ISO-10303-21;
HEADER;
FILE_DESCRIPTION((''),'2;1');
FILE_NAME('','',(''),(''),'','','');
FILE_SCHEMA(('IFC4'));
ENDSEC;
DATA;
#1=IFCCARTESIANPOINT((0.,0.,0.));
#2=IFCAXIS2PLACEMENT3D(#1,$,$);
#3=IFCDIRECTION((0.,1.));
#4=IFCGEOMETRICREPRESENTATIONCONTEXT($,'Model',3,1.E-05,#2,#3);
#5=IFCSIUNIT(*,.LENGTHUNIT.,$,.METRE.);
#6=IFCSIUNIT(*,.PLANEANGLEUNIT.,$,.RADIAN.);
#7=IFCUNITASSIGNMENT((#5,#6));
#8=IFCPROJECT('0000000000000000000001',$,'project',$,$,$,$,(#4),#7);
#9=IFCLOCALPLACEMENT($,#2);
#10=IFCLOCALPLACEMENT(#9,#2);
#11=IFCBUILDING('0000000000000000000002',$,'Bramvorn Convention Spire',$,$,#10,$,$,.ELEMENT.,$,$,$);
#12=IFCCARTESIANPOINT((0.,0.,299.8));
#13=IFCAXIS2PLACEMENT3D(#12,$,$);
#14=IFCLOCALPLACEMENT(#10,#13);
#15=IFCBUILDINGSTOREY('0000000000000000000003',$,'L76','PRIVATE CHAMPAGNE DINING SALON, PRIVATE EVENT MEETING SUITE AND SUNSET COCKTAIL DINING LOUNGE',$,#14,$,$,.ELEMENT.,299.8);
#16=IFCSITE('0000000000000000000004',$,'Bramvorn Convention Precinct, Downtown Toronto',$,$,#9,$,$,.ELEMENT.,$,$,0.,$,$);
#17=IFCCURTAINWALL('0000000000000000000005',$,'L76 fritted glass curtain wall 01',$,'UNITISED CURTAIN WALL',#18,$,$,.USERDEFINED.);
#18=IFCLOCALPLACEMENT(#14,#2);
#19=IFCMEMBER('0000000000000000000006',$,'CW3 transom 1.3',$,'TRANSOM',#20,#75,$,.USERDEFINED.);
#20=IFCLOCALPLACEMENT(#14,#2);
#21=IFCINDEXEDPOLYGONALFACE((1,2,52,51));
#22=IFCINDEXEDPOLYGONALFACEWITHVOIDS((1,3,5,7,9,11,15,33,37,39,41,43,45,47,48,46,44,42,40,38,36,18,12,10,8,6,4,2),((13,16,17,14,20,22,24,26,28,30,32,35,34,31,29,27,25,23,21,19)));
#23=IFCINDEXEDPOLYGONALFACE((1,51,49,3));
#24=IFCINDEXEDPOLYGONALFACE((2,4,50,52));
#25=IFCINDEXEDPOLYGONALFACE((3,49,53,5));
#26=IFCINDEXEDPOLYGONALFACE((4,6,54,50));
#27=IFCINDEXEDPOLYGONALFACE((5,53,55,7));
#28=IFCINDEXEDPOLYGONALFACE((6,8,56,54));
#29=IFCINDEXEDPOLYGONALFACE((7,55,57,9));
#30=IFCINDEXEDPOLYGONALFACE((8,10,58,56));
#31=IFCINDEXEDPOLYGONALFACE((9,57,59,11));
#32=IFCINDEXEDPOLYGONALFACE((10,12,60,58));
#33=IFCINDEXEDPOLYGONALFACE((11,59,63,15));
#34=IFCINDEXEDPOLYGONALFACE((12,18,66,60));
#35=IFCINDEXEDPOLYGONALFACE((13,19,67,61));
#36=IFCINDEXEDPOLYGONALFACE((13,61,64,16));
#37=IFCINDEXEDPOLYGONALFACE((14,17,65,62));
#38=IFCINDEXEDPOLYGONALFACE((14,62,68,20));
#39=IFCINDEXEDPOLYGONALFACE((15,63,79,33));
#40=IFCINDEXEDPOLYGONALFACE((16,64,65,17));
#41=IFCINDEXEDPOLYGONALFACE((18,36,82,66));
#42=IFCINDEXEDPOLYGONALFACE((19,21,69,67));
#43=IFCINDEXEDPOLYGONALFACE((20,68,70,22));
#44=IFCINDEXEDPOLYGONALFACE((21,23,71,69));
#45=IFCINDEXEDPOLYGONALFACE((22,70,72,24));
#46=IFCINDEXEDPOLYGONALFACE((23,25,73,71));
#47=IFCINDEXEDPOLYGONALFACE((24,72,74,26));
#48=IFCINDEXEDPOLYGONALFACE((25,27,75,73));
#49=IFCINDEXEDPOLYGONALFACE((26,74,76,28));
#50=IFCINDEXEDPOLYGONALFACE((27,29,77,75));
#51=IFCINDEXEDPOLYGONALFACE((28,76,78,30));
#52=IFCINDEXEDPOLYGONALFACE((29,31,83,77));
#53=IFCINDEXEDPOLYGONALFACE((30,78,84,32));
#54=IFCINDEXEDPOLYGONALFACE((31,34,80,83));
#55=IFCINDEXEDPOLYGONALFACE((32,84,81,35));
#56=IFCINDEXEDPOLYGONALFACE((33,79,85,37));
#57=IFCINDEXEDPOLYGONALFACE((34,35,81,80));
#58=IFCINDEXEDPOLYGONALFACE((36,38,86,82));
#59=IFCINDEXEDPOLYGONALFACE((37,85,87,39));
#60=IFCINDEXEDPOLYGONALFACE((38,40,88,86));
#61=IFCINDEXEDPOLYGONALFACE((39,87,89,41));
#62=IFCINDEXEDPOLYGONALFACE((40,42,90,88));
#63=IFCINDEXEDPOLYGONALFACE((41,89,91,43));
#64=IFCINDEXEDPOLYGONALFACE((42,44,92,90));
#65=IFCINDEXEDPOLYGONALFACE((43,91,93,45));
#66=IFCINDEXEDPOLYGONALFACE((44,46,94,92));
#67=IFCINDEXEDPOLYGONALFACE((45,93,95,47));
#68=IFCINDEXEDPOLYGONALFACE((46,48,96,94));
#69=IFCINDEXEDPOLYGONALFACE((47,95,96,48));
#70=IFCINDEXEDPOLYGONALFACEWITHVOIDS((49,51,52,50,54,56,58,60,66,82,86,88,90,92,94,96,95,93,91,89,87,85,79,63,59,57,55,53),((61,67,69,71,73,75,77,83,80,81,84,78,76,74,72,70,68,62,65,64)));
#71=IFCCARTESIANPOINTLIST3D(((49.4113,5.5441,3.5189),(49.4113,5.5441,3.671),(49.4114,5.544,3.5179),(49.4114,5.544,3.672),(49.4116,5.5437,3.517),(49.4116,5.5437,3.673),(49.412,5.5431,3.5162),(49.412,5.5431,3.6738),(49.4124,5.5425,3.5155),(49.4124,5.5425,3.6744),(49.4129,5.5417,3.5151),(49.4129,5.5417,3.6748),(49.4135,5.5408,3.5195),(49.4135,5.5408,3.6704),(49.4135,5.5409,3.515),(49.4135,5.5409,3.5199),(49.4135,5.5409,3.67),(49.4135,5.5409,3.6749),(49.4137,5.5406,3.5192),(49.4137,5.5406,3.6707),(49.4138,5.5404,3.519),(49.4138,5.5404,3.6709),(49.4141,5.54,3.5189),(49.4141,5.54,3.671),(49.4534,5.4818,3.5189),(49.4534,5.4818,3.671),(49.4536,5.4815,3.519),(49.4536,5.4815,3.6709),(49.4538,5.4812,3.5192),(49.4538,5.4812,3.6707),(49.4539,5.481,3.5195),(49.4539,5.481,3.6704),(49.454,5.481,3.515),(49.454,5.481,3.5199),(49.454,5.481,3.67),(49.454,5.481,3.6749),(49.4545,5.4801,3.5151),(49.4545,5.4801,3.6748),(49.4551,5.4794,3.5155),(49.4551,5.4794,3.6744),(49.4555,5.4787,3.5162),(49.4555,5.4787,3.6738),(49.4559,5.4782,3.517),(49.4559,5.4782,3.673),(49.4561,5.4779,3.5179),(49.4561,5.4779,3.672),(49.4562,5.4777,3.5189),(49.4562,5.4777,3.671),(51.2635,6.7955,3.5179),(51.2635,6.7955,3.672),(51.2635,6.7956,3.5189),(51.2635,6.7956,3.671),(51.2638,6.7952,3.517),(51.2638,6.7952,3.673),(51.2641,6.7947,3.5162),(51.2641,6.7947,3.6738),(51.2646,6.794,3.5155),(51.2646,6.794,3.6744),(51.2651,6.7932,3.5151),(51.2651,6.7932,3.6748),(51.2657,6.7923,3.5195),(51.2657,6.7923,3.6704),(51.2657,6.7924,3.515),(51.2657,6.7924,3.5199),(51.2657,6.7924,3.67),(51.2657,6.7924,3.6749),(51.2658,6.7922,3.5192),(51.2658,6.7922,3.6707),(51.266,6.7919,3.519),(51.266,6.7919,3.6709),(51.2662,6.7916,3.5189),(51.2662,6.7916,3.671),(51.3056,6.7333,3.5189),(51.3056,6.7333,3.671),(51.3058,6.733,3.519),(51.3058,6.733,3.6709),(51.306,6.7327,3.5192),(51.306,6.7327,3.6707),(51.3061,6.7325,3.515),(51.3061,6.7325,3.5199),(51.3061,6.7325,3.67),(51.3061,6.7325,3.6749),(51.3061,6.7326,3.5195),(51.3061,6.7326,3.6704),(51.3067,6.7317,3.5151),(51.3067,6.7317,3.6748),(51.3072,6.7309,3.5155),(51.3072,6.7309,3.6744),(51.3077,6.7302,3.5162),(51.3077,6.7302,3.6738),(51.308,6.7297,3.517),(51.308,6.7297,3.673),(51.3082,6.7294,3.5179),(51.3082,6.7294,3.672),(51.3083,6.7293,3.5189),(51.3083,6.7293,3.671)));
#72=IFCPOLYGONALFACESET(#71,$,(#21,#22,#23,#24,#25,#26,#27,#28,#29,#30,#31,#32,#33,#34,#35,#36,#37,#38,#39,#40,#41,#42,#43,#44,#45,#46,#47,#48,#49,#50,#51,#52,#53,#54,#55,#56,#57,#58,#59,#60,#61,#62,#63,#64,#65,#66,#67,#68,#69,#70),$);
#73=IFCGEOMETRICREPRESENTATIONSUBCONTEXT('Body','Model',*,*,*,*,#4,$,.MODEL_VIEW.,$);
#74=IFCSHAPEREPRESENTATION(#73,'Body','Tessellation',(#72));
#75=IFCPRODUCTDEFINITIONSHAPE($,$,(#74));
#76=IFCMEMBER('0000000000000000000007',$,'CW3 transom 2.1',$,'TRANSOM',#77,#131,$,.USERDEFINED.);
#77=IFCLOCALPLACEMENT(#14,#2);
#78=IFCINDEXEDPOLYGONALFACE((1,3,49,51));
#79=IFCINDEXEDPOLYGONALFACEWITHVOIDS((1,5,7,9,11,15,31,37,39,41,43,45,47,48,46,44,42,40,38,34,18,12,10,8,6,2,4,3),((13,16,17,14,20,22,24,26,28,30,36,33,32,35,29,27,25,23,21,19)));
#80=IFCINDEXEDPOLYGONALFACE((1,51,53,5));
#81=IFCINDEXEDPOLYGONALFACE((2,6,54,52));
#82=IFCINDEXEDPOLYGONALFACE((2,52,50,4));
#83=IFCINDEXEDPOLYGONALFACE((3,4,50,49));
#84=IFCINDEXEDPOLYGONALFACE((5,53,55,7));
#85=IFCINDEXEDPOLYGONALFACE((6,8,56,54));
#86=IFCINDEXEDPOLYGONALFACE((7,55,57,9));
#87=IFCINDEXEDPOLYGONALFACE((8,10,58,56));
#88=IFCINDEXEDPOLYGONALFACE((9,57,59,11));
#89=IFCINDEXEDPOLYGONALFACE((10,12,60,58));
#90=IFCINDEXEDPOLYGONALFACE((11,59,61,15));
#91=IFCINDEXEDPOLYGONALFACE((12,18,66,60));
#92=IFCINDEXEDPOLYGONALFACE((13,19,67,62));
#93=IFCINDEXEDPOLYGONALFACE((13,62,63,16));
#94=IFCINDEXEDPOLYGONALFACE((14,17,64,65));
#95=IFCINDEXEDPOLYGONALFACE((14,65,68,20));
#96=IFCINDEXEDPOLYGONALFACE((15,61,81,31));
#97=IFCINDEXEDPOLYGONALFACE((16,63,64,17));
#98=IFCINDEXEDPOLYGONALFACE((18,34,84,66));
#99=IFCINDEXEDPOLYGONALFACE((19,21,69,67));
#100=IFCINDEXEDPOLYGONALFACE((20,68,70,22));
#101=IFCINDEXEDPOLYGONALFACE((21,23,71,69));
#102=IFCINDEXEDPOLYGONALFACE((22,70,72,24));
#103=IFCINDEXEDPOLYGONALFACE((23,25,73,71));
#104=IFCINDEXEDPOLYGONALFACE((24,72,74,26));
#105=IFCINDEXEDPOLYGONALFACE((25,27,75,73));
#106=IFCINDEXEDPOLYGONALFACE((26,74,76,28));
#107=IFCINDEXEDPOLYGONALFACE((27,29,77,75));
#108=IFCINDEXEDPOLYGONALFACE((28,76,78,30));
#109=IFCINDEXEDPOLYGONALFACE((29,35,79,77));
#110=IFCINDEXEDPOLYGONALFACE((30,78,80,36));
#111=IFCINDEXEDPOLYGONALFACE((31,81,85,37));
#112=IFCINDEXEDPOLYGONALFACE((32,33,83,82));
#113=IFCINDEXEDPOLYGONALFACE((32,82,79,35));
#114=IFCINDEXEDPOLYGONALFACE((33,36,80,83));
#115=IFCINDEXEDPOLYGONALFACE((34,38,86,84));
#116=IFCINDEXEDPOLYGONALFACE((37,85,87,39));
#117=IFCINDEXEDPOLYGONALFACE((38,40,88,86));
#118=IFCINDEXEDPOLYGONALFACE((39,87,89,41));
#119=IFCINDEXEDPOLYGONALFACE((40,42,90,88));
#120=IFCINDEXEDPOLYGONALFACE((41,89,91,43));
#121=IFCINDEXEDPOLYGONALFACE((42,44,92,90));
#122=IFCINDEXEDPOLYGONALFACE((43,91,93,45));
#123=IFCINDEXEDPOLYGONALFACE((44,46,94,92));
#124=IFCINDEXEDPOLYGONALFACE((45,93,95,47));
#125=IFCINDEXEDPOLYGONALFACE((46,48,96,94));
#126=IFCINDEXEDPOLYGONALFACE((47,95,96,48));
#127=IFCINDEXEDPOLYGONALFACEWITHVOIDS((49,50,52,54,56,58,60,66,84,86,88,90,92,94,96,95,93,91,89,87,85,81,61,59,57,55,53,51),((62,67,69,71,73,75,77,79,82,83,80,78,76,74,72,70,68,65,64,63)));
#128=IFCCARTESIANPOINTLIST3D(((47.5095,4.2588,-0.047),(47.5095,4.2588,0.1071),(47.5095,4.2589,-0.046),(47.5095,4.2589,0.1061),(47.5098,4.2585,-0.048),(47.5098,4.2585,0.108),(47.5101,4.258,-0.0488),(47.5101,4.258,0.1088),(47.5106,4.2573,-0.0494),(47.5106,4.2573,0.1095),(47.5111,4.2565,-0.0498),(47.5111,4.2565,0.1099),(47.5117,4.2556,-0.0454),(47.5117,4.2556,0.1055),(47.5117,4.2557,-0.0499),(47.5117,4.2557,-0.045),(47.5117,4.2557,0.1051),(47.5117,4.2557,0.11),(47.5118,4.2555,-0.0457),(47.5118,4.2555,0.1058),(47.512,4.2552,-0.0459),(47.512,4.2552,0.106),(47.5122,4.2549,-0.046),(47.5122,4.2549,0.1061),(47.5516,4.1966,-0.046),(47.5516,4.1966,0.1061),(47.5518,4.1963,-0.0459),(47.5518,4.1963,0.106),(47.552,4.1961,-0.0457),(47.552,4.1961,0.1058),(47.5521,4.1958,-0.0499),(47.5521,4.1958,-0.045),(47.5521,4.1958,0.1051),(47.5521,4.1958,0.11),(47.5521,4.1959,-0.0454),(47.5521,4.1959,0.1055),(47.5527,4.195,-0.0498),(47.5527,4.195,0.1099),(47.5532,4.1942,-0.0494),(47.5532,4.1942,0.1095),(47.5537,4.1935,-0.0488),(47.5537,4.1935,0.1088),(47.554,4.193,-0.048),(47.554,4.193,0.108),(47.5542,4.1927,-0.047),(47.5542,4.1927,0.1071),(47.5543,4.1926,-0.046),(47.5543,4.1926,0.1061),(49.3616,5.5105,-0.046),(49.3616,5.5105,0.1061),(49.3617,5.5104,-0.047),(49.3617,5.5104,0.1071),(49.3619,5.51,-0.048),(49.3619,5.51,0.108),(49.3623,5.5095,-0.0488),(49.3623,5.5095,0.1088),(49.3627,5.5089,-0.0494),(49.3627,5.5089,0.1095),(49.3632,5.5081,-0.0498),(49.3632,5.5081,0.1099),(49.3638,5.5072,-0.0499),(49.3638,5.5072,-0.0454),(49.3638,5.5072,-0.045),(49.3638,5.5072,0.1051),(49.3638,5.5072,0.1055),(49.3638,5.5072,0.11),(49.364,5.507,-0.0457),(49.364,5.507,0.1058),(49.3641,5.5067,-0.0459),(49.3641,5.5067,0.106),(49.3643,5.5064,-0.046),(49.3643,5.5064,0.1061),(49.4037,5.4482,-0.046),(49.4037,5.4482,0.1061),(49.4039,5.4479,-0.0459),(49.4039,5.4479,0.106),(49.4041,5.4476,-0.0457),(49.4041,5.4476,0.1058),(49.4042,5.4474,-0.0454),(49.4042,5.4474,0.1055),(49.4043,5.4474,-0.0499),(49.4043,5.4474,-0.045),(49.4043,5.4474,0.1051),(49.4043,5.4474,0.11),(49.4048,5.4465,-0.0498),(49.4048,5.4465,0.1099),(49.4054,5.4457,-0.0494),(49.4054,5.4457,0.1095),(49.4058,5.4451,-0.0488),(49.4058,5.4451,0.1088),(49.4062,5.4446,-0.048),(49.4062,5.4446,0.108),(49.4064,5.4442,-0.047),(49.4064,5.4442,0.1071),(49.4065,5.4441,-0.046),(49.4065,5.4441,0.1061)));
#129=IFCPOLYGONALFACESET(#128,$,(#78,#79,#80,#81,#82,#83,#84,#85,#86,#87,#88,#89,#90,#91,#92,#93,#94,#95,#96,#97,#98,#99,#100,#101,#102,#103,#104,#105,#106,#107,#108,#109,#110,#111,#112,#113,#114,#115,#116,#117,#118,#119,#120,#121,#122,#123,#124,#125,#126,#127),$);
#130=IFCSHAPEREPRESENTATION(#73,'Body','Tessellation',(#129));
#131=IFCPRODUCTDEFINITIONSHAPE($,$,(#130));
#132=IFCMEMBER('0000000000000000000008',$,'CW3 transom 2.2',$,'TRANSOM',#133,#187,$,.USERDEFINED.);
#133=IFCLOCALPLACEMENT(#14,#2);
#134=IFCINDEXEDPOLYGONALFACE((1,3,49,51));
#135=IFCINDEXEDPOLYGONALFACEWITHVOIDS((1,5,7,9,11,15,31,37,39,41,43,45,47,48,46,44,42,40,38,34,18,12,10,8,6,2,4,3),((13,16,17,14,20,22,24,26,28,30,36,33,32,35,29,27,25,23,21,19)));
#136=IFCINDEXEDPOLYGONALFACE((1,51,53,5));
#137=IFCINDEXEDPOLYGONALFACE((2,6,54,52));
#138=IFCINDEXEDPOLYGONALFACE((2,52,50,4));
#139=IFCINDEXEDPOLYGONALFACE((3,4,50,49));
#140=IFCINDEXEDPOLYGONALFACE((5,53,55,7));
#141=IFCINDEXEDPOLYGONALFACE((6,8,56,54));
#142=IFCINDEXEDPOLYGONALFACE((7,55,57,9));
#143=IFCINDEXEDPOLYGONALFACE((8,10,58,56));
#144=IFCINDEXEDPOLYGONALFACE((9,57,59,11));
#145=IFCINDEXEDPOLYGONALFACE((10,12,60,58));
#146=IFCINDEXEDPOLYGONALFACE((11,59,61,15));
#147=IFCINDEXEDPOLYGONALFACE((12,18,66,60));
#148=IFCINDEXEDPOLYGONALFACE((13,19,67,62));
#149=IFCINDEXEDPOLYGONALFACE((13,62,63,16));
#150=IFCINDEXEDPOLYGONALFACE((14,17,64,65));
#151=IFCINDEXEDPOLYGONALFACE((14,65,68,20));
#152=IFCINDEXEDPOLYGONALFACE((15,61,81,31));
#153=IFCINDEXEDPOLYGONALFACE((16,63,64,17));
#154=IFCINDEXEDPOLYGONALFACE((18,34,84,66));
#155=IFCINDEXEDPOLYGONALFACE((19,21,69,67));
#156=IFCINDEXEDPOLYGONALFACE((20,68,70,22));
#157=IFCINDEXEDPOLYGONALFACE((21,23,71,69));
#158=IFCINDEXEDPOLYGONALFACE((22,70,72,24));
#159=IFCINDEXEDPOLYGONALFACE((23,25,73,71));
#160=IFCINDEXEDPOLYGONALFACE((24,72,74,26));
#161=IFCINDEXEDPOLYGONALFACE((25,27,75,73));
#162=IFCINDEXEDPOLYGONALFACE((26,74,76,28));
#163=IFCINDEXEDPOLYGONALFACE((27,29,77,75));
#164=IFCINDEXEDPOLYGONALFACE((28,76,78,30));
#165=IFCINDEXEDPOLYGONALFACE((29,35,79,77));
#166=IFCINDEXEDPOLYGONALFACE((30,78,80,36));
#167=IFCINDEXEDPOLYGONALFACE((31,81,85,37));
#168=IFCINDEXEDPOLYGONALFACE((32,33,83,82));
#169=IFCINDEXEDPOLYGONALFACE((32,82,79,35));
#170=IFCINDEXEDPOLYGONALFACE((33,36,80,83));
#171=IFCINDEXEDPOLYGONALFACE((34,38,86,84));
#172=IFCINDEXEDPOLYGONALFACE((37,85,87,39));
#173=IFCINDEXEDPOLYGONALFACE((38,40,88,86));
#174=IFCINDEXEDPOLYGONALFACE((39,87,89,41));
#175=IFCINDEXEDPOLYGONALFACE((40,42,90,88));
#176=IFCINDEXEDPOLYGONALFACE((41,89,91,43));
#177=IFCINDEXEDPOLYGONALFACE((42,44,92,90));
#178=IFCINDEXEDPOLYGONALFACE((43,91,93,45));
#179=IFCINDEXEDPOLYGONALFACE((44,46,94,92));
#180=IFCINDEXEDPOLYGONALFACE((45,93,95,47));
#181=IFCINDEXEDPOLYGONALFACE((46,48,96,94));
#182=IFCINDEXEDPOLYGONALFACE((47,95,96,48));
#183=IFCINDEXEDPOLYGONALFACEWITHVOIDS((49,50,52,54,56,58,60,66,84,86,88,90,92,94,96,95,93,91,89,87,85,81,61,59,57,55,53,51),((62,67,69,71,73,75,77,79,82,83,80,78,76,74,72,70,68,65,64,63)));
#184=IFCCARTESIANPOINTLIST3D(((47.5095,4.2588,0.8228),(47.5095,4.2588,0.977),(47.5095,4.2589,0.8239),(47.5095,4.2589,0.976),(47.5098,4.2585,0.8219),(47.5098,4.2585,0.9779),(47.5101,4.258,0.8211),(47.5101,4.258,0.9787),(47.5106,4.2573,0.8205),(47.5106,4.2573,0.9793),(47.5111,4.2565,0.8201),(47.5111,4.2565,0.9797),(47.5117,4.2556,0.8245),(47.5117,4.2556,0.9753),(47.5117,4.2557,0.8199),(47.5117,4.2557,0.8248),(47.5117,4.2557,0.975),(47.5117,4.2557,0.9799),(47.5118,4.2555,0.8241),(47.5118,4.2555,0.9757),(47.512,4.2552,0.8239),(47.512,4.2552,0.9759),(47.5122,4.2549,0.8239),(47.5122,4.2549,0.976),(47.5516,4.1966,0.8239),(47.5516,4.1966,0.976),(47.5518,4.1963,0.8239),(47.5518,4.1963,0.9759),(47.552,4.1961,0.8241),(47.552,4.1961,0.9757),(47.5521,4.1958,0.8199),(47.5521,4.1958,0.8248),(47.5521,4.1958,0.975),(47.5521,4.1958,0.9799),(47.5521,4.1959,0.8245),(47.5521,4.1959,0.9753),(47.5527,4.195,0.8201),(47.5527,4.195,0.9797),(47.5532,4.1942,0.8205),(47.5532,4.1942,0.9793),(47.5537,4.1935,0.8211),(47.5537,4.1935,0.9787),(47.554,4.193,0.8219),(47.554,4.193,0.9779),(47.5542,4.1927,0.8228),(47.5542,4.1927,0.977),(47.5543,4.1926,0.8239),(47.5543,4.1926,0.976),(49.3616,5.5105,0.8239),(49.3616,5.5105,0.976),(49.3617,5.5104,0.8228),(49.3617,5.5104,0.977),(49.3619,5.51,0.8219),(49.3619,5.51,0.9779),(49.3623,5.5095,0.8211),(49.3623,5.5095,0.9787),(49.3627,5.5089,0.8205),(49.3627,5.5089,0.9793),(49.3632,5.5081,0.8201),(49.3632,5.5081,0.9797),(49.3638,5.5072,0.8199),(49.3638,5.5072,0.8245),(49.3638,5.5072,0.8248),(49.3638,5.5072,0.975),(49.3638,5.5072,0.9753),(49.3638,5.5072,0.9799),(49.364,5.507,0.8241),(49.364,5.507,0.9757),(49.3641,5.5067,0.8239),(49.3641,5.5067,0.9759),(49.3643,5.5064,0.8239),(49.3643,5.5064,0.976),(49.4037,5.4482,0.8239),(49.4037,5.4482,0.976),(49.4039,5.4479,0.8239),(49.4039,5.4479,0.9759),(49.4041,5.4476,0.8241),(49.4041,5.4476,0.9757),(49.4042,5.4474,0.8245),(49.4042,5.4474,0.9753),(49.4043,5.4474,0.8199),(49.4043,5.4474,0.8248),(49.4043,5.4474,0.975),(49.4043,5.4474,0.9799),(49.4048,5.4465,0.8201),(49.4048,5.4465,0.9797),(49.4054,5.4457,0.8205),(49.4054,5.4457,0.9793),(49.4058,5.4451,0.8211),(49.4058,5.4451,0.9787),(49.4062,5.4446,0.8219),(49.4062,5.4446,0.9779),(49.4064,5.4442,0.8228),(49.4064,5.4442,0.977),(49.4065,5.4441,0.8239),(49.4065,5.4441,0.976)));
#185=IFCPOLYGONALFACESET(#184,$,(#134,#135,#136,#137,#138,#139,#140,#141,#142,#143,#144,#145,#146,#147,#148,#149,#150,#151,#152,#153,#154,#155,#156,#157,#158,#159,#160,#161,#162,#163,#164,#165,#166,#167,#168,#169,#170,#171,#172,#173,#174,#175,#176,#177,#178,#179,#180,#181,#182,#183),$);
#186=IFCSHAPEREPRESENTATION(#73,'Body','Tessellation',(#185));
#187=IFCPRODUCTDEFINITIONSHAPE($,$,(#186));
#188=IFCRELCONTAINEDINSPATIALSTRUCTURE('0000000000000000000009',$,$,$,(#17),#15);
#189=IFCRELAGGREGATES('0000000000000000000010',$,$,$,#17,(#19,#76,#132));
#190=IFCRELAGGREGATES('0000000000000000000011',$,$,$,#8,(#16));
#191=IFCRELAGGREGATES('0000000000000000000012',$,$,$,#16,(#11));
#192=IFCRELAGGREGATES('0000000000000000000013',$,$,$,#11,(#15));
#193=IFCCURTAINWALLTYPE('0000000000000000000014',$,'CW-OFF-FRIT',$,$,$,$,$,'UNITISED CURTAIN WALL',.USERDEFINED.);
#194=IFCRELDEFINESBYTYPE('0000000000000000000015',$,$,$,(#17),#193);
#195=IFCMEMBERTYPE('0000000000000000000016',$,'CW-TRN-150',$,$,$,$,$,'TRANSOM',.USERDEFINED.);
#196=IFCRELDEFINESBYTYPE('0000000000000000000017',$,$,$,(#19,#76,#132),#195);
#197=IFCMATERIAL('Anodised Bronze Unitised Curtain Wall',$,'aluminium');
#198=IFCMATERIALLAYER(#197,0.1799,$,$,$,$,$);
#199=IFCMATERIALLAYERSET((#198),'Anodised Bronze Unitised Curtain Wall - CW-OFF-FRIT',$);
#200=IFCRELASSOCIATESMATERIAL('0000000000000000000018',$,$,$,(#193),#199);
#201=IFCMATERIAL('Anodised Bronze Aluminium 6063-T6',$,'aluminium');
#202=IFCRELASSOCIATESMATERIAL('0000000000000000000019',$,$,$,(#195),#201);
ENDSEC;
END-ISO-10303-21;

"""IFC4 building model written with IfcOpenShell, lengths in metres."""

from ifc_helpers import new_model, si_unit, direction, frame, origin, origin_2d, place, context, subcontext, project, spatial, hollow_rectangle, extrude, material, layer, layer_set, material_profile, profile_set, type_object, element, aggregate, save


model = new_model("IFC4")

# Units and contexts
model_context = context("Model", 3, precision=1e-05, world=origin(), true_north=direction((0.0, 1.0)))
body_context = subcontext(model_context, "Body", "Model", "MODEL_VIEW")
ifc_project = project(units=[si_unit("LENGTHUNIT", "METRE"), si_unit("PLANEANGLEUNIT", "RADIAN")], contexts=[model_context])

# Site, building, storey
site_placement = place(None, origin())
site = spatial("IfcSite", under=ifc_project, at=site_placement, Name="Bramvorn Convention Precinct, Downtown Toronto", CompositionType="ELEMENT", RefElevation=0.0)
building_placement = place(site_placement, origin())
building = spatial("IfcBuilding", under=site, at=building_placement, Name="Bramvorn Convention Spire", CompositionType="ELEMENT")
storey_placement = place(building_placement, frame((0.0, 0.0, 299.8)))
storey = spatial("IfcBuildingStorey", under=building, at=storey_placement, Name="L76", Description="PRIVATE CHAMPAGNE DINING SALON, PRIVATE EVENT MEETING SUITE AND SUNSET COCKTAIL DINING LOUNGE", CompositionType="ELEMENT", Elevation=299.8)

# Curtain wall
ifc_material_1 = material(Name="Anodised Bronze Unitised Curtain Wall", Category="aluminium")
ifc_layer_1 = layer(ifc_material_1, 0.1799)
ifc_layer_set_1 = layer_set([ifc_layer_1], Name="Anodised Bronze Unitised Curtain Wall - CW-OFF-FRIT")
curtain_wall_type_1 = type_object("IfcCurtainWallType", Name="CW-OFF-FRIT", ElementType="UNITISED CURTAIN WALL", PredefinedType="USERDEFINED", material=ifc_layer_set_1)
curtain_wall_1_placement = place(storey_placement, origin())
curtain_wall_1 = element("IfcCurtainWall", 1, at=curtain_wall_1_placement, inside=storey, type_object=curtain_wall_type_1, Name="L76 fritted glass curtain wall 01", ObjectType="UNITISED CURTAIN WALL", PredefinedType="USERDEFINED")
ifc_material_2 = material(Name="Anodised Bronze Aluminium 6063-T6", Category="aluminium")

# Members
ifc_material_profile_1 = material_profile(ifc_material_2, hollow_rectangle(XDim=0.0801, YDim=0.1599, WallThickness=0.0039, InnerFilletRadius=0.001, OuterFilletRadius=0.0039, at=origin_2d()))
ifc_profile_set_1 = profile_set([ifc_material_profile_1], Name="Anodised Bronze Aluminium 6063-T6 - CWT80X160")
member_type_1 = type_object("IfcMemberType", Name="CW-TRN-150", ElementType="TRANSOM", PredefinedType="USERDEFINED", material=ifc_profile_set_1)
member_1_placement = place(storey_placement, frame((51.2859, 6.7625, 3.595), z_axis=(-0.828573, -0.559882, 0.0), x_axis=(0.559882, -0.828573, 0.0)))
member_1 = element("IfcMember", 2, at=member_1_placement, type_object=member_type_1, Name="CW3 transom 1.3", ObjectType="TRANSOM", PredefinedType="USERDEFINED", context=body_context, shape_type="SweptSolid", body=[
    extrude(hollow_rectangle(XDim=0.0801, YDim=0.1599, WallThickness=0.0039, InnerFilletRadius=0.001, OuterFilletRadius=0.0039, at=origin_2d()), origin(), (0.0, 0.0, 1.0), 2.2354),
])
member_2_placement = place(storey_placement, frame((49.384, 5.4773, 0.03), z_axis=(-0.828573, -0.559882, 0.0), x_axis=(0.559882, -0.828573, 0.0)))
member_2 = element("IfcMember", 3, at=member_2_placement, type_object=member_type_1, Name="CW3 transom 2.1", ObjectType="TRANSOM", PredefinedType="USERDEFINED", context=body_context, shape_type="SweptSolid", body=[
    extrude(hollow_rectangle(XDim=0.0801, YDim=0.1599, WallThickness=0.0039, InnerFilletRadius=0.001, OuterFilletRadius=0.0039, at=origin_2d()), origin(), (0.0, 0.0, 1.0), 2.2354),
])
member_3_placement = place(storey_placement, frame((49.384, 5.4773, 0.8999), z_axis=(-0.828573, -0.559882, 0.0), x_axis=(0.559882, -0.828573, 0.0)))
member_3 = element("IfcMember", 4, at=member_3_placement, type_object=member_type_1, Name="CW3 transom 2.2", ObjectType="TRANSOM", PredefinedType="USERDEFINED", context=body_context, shape_type="SweptSolid", body=[
    extrude(hollow_rectangle(XDim=0.0801, YDim=0.1599, WallThickness=0.0039, InnerFilletRadius=0.001, OuterFilletRadius=0.0039, at=origin_2d()), origin(), (0.0, 0.0, 1.0), 2.2354),
])

aggregate(curtain_wall_1, [member_1, member_2, member_3])

save(model, "model.ifc")
